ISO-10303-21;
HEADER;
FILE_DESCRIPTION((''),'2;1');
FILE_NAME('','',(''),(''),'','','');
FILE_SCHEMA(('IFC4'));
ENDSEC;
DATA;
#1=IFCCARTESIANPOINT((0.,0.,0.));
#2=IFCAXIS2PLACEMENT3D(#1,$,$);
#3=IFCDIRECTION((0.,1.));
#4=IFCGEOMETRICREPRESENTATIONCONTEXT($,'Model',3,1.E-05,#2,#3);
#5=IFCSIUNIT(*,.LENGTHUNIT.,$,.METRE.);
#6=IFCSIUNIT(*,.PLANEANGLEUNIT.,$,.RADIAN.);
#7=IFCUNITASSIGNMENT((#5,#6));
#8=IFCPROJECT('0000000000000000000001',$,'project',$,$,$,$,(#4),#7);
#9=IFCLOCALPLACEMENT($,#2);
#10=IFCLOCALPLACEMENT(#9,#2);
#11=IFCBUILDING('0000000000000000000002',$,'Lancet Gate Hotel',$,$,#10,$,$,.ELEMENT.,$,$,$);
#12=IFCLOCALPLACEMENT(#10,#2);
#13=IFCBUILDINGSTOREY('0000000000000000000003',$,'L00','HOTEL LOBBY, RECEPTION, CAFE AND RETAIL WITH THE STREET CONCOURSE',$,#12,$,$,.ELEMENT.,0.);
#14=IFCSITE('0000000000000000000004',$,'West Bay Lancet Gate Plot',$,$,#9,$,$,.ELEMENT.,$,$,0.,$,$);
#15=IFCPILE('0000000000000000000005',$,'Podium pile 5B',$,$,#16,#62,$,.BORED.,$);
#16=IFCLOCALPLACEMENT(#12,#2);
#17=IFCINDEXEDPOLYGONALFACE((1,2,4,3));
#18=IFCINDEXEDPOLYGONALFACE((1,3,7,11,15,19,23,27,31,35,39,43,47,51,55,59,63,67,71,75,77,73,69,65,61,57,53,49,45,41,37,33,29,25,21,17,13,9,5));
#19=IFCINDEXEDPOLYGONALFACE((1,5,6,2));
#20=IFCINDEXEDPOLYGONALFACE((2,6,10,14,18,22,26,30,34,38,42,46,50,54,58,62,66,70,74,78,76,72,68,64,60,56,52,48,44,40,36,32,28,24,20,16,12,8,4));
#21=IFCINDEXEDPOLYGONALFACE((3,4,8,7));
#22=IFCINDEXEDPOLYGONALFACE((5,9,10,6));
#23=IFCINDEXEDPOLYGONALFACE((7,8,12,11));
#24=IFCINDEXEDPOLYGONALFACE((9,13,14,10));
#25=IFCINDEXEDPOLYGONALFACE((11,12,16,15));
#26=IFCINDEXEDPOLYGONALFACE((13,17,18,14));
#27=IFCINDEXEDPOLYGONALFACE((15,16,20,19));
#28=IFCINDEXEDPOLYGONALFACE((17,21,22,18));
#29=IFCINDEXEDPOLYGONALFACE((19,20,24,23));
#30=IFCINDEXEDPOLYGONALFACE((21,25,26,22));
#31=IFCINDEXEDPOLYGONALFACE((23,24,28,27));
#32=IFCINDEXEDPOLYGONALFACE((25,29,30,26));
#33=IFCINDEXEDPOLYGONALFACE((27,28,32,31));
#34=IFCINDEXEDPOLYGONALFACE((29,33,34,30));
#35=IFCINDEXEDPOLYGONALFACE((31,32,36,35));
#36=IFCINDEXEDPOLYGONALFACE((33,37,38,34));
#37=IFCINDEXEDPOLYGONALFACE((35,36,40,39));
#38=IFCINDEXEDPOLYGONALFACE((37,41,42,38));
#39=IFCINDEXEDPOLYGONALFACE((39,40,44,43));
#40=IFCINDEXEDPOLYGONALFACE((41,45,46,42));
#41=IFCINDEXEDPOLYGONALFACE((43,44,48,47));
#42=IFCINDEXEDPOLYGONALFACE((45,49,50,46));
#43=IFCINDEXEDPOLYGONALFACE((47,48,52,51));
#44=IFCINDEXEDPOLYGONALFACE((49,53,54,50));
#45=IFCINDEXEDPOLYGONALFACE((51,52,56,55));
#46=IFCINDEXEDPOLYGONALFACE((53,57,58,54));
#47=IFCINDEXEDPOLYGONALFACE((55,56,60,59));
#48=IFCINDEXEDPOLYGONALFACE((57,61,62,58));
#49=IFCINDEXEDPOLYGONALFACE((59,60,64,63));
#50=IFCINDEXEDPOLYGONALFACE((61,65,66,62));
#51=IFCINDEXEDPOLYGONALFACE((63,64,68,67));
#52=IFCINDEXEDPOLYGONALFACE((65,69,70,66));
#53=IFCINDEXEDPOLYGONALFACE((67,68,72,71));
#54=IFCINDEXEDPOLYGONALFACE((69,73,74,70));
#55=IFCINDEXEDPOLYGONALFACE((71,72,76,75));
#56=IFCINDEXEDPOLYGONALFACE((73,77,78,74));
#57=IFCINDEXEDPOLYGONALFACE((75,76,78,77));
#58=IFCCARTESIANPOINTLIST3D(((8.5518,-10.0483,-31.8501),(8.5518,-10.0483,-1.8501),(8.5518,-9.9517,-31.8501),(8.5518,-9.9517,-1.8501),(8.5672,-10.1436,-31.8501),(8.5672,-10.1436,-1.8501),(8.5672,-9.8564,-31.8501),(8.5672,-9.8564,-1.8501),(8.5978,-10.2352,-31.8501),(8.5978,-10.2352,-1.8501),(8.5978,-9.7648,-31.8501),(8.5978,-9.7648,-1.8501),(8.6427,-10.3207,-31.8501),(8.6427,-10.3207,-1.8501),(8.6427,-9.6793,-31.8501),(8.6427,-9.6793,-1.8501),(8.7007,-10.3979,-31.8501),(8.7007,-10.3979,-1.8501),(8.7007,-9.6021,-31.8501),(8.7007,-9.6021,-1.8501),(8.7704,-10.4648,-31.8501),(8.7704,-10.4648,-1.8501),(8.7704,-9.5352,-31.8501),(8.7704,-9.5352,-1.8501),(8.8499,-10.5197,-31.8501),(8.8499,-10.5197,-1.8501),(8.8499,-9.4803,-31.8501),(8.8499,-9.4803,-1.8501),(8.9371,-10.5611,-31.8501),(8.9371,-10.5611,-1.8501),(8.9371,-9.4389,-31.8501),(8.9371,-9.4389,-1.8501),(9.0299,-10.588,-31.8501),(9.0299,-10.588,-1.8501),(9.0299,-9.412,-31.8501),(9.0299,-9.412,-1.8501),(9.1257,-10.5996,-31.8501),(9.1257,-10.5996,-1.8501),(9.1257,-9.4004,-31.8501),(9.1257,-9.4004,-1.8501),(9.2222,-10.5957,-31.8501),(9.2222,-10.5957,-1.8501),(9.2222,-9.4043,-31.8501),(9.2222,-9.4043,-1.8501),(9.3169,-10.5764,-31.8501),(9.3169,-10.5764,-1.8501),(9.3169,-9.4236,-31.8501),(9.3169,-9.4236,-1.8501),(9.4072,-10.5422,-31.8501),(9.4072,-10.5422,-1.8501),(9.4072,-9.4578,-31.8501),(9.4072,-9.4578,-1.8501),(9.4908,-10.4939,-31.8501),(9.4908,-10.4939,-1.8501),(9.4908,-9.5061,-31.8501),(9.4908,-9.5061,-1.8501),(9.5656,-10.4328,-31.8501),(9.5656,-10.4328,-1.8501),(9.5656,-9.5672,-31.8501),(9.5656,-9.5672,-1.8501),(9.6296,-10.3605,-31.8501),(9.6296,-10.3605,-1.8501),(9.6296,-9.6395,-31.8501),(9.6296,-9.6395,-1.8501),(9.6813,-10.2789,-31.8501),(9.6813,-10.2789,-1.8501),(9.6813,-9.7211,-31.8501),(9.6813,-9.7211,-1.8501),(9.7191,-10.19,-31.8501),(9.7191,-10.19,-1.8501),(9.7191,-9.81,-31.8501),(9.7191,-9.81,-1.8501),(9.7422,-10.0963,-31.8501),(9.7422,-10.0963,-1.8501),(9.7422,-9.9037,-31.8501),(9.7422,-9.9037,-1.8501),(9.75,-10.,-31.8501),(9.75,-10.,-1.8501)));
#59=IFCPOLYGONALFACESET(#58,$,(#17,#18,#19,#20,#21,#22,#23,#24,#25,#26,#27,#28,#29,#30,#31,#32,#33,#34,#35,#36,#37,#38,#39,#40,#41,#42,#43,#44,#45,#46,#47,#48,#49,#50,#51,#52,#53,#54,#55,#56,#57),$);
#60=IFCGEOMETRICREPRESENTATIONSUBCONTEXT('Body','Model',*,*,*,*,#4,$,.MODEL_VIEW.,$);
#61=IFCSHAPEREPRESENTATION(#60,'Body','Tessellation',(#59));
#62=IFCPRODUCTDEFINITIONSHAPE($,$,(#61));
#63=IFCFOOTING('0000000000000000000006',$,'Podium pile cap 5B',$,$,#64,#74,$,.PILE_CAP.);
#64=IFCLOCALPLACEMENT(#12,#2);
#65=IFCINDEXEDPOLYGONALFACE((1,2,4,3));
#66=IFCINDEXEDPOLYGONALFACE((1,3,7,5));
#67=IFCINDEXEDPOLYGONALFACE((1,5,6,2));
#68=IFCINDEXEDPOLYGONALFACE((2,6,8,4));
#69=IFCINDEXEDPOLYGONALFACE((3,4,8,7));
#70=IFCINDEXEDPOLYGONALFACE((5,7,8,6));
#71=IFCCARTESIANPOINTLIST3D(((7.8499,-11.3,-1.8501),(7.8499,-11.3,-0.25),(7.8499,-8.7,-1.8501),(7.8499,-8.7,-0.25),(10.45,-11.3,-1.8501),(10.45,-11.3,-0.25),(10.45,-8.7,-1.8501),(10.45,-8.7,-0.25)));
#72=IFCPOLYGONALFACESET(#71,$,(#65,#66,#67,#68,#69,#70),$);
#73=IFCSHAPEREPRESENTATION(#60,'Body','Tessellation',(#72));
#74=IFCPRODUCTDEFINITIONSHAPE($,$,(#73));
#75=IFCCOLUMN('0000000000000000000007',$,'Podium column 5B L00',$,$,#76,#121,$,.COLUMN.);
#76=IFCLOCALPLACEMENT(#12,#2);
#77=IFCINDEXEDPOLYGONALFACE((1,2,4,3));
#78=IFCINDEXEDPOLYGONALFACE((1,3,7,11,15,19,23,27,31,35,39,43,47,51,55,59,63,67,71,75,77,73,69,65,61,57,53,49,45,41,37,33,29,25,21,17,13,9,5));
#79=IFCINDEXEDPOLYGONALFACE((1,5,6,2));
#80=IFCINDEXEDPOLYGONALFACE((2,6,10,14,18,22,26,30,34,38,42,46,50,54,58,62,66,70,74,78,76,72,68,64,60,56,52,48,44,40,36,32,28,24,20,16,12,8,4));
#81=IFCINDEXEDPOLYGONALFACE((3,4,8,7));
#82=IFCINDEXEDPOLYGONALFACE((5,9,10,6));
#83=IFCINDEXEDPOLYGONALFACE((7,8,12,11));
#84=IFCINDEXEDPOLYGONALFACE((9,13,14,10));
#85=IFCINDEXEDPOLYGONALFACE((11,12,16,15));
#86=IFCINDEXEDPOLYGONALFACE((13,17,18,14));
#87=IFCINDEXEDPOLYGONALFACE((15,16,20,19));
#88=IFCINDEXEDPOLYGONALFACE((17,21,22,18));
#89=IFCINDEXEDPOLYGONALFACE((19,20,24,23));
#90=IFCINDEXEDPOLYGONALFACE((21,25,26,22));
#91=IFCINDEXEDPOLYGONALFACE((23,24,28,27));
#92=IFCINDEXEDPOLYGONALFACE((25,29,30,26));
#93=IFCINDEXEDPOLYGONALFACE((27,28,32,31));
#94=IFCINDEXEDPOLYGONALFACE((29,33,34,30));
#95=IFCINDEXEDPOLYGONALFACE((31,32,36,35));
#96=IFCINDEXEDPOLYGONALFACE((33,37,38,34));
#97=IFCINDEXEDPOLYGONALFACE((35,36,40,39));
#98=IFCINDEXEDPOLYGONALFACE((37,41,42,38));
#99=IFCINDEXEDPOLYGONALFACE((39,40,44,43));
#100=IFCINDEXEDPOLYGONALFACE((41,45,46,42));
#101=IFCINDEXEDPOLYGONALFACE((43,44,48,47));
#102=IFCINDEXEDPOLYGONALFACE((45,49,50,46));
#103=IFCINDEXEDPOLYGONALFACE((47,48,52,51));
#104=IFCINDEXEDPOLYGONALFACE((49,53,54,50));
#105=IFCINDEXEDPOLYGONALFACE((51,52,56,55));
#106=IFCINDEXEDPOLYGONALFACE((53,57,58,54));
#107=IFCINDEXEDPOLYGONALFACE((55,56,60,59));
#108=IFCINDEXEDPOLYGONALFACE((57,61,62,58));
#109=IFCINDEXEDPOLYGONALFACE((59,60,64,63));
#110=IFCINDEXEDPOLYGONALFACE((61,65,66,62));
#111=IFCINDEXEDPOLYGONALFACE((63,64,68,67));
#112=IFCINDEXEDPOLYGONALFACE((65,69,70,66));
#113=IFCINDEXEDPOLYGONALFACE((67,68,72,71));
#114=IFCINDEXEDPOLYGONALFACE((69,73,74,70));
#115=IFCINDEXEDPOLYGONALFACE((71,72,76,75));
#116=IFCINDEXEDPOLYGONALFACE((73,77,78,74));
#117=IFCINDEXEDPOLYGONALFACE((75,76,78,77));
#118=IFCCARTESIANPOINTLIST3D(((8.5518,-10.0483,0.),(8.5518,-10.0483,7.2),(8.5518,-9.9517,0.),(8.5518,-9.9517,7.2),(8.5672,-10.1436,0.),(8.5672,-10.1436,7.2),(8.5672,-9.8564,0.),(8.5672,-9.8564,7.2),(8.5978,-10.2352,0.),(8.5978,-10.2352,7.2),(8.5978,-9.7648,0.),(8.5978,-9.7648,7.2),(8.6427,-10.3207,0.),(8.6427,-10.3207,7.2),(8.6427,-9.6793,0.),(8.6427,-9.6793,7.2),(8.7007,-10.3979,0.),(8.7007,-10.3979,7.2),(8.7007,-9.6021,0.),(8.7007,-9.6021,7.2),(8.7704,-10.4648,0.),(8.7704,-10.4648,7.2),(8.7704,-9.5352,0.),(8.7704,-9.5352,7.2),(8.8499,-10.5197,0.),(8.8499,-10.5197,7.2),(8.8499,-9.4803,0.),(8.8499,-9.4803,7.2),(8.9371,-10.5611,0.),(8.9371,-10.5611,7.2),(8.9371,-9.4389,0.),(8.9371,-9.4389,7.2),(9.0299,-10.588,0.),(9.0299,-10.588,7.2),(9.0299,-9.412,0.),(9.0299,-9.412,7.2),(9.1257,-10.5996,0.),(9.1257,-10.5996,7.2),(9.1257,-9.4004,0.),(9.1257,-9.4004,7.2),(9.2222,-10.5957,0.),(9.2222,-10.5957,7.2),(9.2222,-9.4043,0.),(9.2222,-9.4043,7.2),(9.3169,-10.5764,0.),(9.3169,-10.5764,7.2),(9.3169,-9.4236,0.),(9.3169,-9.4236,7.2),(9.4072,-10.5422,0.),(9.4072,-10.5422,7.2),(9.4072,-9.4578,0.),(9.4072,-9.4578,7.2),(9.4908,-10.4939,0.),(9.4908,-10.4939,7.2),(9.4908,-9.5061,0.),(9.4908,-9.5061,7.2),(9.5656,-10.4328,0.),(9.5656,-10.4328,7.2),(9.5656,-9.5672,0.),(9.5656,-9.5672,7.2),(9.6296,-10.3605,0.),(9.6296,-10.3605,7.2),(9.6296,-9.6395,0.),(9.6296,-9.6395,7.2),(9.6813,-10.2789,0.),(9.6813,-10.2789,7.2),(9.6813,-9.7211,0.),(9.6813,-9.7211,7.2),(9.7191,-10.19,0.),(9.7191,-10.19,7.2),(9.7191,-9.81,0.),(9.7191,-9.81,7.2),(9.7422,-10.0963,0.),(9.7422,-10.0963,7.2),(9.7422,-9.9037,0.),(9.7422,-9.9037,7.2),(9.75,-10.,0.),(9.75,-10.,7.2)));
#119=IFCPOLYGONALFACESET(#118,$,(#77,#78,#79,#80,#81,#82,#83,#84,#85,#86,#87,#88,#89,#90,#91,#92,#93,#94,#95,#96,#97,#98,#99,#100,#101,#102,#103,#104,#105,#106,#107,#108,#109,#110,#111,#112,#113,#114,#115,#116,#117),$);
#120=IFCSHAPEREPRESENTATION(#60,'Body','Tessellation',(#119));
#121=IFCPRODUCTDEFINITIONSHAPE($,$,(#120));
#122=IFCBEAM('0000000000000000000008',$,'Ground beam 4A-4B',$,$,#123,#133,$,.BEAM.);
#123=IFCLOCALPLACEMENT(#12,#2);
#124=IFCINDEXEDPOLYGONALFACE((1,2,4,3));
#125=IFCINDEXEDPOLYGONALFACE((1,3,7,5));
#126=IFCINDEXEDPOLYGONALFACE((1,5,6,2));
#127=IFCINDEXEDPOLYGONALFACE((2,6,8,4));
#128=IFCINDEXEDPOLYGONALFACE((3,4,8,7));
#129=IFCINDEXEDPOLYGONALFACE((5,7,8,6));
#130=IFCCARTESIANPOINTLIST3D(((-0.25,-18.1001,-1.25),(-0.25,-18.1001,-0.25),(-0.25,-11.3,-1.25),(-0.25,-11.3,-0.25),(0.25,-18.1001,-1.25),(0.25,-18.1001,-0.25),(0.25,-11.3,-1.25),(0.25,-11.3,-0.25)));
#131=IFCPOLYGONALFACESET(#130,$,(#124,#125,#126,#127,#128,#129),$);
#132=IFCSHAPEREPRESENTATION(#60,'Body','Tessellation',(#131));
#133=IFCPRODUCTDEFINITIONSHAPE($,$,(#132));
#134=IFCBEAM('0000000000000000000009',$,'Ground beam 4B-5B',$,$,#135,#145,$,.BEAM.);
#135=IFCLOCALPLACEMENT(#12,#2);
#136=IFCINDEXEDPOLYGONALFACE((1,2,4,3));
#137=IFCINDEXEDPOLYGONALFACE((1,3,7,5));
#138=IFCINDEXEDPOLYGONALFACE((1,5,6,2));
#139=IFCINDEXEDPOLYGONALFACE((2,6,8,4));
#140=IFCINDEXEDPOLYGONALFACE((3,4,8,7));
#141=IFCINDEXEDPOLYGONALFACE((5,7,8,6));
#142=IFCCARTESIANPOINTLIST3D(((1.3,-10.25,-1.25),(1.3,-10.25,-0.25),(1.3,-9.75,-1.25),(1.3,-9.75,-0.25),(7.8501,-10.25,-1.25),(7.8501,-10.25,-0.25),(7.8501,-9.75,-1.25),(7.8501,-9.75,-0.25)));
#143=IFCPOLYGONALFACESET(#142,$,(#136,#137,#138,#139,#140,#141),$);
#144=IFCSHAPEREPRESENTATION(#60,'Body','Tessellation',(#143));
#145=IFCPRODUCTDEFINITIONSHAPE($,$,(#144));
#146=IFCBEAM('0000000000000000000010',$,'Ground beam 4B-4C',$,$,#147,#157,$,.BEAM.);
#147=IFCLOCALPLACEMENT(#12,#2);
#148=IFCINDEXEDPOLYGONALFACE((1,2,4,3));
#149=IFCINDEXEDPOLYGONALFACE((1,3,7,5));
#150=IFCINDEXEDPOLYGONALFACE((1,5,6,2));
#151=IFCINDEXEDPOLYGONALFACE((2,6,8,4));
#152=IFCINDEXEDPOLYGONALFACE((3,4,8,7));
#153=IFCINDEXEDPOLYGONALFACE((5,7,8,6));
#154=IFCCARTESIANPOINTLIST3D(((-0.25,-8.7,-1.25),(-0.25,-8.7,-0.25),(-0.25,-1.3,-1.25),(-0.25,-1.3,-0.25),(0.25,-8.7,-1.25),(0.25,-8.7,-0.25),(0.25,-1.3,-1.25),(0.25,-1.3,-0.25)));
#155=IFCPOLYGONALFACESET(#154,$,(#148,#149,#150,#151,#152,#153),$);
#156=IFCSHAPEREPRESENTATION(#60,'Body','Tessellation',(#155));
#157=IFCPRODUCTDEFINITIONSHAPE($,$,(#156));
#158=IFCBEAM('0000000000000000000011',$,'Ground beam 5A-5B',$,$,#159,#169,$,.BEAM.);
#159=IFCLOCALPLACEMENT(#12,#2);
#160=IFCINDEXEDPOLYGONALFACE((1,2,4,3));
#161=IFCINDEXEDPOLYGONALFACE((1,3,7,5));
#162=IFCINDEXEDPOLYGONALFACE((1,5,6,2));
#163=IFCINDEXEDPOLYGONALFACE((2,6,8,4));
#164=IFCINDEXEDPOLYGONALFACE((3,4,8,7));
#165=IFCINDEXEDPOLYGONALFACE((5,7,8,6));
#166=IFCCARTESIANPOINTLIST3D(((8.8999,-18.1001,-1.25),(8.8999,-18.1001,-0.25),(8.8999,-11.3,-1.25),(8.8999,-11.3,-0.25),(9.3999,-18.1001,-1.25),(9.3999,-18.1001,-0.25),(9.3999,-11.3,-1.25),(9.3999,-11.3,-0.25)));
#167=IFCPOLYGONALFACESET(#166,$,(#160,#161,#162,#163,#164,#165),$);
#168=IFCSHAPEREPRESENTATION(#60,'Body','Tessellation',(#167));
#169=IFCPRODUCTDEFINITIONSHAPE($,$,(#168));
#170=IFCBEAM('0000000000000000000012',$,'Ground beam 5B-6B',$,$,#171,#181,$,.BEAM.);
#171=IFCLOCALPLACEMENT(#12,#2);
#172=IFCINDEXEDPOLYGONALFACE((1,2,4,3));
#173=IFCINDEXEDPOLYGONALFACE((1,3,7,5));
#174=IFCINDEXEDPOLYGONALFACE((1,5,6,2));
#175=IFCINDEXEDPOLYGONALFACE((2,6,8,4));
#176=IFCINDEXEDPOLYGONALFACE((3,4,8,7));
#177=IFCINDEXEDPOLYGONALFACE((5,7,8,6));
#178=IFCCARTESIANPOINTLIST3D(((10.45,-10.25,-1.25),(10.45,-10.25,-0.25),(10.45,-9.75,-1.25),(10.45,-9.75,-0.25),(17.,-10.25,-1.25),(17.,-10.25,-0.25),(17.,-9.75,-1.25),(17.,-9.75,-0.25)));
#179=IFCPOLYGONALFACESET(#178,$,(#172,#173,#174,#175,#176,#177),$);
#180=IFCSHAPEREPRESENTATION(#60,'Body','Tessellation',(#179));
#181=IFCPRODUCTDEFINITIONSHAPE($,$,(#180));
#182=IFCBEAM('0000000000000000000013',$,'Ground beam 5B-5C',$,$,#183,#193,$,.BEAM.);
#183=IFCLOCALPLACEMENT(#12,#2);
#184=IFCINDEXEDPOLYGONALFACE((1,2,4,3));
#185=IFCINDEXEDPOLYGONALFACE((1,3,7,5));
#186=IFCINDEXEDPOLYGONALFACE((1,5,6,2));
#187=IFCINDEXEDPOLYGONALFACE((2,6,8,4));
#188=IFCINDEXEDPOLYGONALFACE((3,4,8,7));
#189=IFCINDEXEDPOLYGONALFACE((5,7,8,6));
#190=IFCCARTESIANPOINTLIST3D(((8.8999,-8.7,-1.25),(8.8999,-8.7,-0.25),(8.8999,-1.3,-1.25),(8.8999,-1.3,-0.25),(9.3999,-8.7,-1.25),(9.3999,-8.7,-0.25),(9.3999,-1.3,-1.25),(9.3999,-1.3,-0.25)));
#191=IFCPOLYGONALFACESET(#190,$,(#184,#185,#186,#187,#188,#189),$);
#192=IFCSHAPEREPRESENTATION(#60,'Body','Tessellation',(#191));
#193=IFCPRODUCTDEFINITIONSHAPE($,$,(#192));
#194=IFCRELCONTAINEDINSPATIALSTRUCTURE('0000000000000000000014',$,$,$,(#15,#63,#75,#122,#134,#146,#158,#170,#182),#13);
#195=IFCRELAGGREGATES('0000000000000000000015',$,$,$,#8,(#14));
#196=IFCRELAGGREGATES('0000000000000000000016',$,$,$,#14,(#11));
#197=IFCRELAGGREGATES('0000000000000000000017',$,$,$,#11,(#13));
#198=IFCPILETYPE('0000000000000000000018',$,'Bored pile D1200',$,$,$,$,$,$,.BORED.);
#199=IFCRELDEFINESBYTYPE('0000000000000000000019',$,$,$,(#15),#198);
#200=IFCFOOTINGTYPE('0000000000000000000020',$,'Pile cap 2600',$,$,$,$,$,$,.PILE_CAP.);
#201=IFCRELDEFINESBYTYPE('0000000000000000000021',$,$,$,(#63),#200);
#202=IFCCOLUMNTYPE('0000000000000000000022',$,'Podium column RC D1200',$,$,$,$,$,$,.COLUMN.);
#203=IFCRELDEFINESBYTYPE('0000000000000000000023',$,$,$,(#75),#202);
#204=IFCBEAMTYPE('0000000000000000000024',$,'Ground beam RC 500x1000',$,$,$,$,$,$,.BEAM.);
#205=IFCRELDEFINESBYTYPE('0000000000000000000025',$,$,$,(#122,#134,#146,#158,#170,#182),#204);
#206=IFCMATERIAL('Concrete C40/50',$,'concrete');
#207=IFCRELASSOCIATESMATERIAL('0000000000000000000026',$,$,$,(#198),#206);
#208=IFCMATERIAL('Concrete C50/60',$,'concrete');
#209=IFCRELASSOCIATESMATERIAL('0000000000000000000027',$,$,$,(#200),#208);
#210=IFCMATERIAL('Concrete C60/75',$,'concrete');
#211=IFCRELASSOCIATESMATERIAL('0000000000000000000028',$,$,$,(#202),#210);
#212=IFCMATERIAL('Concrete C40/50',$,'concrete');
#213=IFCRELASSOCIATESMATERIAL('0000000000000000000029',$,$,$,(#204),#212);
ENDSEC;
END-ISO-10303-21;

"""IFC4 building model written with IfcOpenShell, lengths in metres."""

from ifc_helpers import new_model, si_unit, direction, frame, origin, origin_2d, place, context, subcontext, project, spatial, rectangle, circle, extrude, material, material_profile, profile_set, type_object, element, save


model = new_model("IFC4")

# Units and contexts
model_context = context("Model", 3, precision=1e-05, world=origin(), true_north=direction((0.0, 1.0)))
body_context = subcontext(model_context, "Body", "Model", "MODEL_VIEW")
ifc_project = project(units=[si_unit("LENGTHUNIT", "METRE"), si_unit("PLANEANGLEUNIT", "RADIAN")], contexts=[model_context])

# Site, building, storey
site_placement = place(None, origin())
site = spatial("IfcSite", under=ifc_project, at=site_placement, Name="West Bay Lancet Gate Plot", CompositionType="ELEMENT", RefElevation=0.0)
building_placement = place(site_placement, origin())
building = spatial("IfcBuilding", under=site, at=building_placement, Name="Lancet Gate Hotel", CompositionType="ELEMENT")
storey_placement = place(building_placement, origin())
storey = spatial("IfcBuildingStorey", under=building, at=storey_placement, Name="L00", Description="HOTEL LOBBY, RECEPTION, CAFE AND RETAIL WITH THE STREET CONCOURSE", CompositionType="ELEMENT", Elevation=0.0)

# Pile
ifc_material_1 = material(Name="Concrete C40/50", Category="concrete")
ifc_material_profile_1 = material_profile(ifc_material_1, circle(Radius=0.6001, at=origin_2d()), Name="PILE D1200")
ifc_profile_set_1 = profile_set([ifc_material_profile_1], Name="Concrete C40/50")
pile_type = type_object("IfcPileType", Name="Bored pile D1200", PredefinedType="BORED", material=ifc_profile_set_1)
pile_placement = place(storey_placement, frame((9.1499, -10.0, -1.8501), z_axis=(0.0, 0.0, -1.0), x_axis=(1.0, 0.0, 0.0)))
element("IfcPile", 1, at=pile_placement, inside=storey, type_object=pile_type, Name="Podium pile 5B", PredefinedType="BORED", context=body_context, shape_type="SweptSolid", body=[
    extrude(circle(Radius=0.6001, at=origin_2d()), origin(), (0.0, 0.0, 1.0), 30.0),
])

# Footing
ifc_material_2 = material(Name="Concrete C50/60", Category="concrete")
footing_type = type_object("IfcFootingType", Name="Pile cap 2600", PredefinedType="PILE_CAP", material=ifc_material_2)
footing_placement = place(storey_placement, frame((9.1499, -10.0, -1.8501), z_axis=(0.0, 0.0, 1.0), x_axis=(1.0, 0.0, 0.0)))
element("IfcFooting", 2, at=footing_placement, inside=storey, type_object=footing_type, Name="Podium pile cap 5B", PredefinedType="PILE_CAP", context=body_context, shape_type="SweptSolid", body=[
    extrude(rectangle(XDim=2.6001, YDim=2.6001, at=origin_2d()), origin(), (0.0, 0.0, 1.0), 1.6001),
])

# Column
ifc_material_3 = material(Name="Concrete C60/75", Category="concrete")
ifc_material_profile_2 = material_profile(ifc_material_3, circle(Radius=0.6001, at=origin_2d()), Name="RC D1200")
ifc_profile_set_2 = profile_set([ifc_material_profile_2], Name="Concrete C60/75")
column_type = type_object("IfcColumnType", Name="Podium column RC D1200", PredefinedType="COLUMN", material=ifc_profile_set_2)
column_placement = place(storey_placement, frame((9.1499, -10.0, 0.0), z_axis=(0.0, 0.0, 1.0), x_axis=(1.0, 0.0, 0.0)))
element("IfcColumn", 3, at=column_placement, inside=storey, type_object=column_type, Name="Podium column 5B L00", PredefinedType="COLUMN", context=body_context, shape_type="SweptSolid", body=[
    extrude(circle(Radius=0.6001, at=origin_2d()), origin(), (0.0, 0.0, 1.0), 7.2),
])

# Beams
ifc_material_4 = material(Name="Concrete C40/50", Category="concrete")
ifc_material_profile_3 = material_profile(ifc_material_4, rectangle(XDim=0.5, YDim=1.0, at=origin_2d()), Name="RC 500x1000")
ifc_profile_set_3 = profile_set([ifc_material_profile_3], Name="Concrete C40/50")
beam_type_1 = type_object("IfcBeamType", Name="Ground beam RC 500x1000", PredefinedType="BEAM", material=ifc_profile_set_3)
beam_1_placement = place(storey_placement, frame((0.0, -18.1001, -0.75), z_axis=(0.0, 1.0, 0.0), x_axis=(-1.0, 0.0, 0.0)))
element("IfcBeam", 4, at=beam_1_placement, inside=storey, type_object=beam_type_1, Name="Ground beam 4A-4B", PredefinedType="BEAM", context=body_context, shape_type="SweptSolid", body=[
    extrude(rectangle(XDim=0.5, YDim=1.0, at=origin_2d()), origin(), (0.0, 0.0, 1.0), 6.8),
])
beam_2_placement = place(storey_placement, frame((1.3, -10.0, -0.75), z_axis=(1.0, 0.0, 0.0), x_axis=(0.0, 1.0, 0.0)))
element("IfcBeam", 5, at=beam_2_placement, inside=storey, type_object=beam_type_1, Name="Ground beam 4B-5B", PredefinedType="BEAM", context=body_context, shape_type="SweptSolid", body=[
    extrude(rectangle(XDim=0.5, YDim=1.0, at=origin_2d()), origin(), (0.0, 0.0, 1.0), 6.55),
])
beam_3_placement = place(storey_placement, frame((0.0, -8.7, -0.75), z_axis=(0.0, 1.0, 0.0), x_axis=(-1.0, 0.0, 0.0)))
element("IfcBeam", 6, at=beam_3_placement, inside=storey, type_object=beam_type_1, Name="Ground beam 4B-4C", PredefinedType="BEAM", context=body_context, shape_type="SweptSolid", body=[
    extrude(rectangle(XDim=0.5, YDim=1.0, at=origin_2d()), origin(), (0.0, 0.0, 1.0), 7.3999),
])
beam_4_placement = place(storey_placement, frame((9.1499, -18.1001, -0.75), z_axis=(0.0, 1.0, 0.0), x_axis=(-1.0, 0.0, 0.0)))
element("IfcBeam", 7, at=beam_4_placement, inside=storey, type_object=beam_type_1, Name="Ground beam 5A-5B", PredefinedType="BEAM", context=body_context, shape_type="SweptSolid", body=[
    extrude(rectangle(XDim=0.5, YDim=1.0, at=origin_2d()), origin(), (0.0, 0.0, 1.0), 6.8),
])
beam_5_placement = place(storey_placement, frame((10.45, -10.0, -0.75), z_axis=(1.0, 0.0, 0.0), x_axis=(0.0, 1.0, 0.0)))
element("IfcBeam", 8, at=beam_5_placement, inside=storey, type_object=beam_type_1, Name="Ground beam 5B-6B", PredefinedType="BEAM", context=body_context, shape_type="SweptSolid", body=[
    extrude(rectangle(XDim=0.5, YDim=1.0, at=origin_2d()), origin(), (0.0, 0.0, 1.0), 6.55),
])
beam_6_placement = place(storey_placement, frame((9.1499, -8.7, -0.75), z_axis=(0.0, 1.0, 0.0), x_axis=(-1.0, 0.0, 0.0)))
element("IfcBeam", 9, at=beam_6_placement, inside=storey, type_object=beam_type_1, Name="Ground beam 5B-5C", PredefinedType="BEAM", context=body_context, shape_type="SweptSolid", body=[
    extrude(rectangle(XDim=0.5, YDim=1.0, at=origin_2d()), origin(), (0.0, 0.0, 1.0), 7.3999),
])

save(model, "model.ifc")
